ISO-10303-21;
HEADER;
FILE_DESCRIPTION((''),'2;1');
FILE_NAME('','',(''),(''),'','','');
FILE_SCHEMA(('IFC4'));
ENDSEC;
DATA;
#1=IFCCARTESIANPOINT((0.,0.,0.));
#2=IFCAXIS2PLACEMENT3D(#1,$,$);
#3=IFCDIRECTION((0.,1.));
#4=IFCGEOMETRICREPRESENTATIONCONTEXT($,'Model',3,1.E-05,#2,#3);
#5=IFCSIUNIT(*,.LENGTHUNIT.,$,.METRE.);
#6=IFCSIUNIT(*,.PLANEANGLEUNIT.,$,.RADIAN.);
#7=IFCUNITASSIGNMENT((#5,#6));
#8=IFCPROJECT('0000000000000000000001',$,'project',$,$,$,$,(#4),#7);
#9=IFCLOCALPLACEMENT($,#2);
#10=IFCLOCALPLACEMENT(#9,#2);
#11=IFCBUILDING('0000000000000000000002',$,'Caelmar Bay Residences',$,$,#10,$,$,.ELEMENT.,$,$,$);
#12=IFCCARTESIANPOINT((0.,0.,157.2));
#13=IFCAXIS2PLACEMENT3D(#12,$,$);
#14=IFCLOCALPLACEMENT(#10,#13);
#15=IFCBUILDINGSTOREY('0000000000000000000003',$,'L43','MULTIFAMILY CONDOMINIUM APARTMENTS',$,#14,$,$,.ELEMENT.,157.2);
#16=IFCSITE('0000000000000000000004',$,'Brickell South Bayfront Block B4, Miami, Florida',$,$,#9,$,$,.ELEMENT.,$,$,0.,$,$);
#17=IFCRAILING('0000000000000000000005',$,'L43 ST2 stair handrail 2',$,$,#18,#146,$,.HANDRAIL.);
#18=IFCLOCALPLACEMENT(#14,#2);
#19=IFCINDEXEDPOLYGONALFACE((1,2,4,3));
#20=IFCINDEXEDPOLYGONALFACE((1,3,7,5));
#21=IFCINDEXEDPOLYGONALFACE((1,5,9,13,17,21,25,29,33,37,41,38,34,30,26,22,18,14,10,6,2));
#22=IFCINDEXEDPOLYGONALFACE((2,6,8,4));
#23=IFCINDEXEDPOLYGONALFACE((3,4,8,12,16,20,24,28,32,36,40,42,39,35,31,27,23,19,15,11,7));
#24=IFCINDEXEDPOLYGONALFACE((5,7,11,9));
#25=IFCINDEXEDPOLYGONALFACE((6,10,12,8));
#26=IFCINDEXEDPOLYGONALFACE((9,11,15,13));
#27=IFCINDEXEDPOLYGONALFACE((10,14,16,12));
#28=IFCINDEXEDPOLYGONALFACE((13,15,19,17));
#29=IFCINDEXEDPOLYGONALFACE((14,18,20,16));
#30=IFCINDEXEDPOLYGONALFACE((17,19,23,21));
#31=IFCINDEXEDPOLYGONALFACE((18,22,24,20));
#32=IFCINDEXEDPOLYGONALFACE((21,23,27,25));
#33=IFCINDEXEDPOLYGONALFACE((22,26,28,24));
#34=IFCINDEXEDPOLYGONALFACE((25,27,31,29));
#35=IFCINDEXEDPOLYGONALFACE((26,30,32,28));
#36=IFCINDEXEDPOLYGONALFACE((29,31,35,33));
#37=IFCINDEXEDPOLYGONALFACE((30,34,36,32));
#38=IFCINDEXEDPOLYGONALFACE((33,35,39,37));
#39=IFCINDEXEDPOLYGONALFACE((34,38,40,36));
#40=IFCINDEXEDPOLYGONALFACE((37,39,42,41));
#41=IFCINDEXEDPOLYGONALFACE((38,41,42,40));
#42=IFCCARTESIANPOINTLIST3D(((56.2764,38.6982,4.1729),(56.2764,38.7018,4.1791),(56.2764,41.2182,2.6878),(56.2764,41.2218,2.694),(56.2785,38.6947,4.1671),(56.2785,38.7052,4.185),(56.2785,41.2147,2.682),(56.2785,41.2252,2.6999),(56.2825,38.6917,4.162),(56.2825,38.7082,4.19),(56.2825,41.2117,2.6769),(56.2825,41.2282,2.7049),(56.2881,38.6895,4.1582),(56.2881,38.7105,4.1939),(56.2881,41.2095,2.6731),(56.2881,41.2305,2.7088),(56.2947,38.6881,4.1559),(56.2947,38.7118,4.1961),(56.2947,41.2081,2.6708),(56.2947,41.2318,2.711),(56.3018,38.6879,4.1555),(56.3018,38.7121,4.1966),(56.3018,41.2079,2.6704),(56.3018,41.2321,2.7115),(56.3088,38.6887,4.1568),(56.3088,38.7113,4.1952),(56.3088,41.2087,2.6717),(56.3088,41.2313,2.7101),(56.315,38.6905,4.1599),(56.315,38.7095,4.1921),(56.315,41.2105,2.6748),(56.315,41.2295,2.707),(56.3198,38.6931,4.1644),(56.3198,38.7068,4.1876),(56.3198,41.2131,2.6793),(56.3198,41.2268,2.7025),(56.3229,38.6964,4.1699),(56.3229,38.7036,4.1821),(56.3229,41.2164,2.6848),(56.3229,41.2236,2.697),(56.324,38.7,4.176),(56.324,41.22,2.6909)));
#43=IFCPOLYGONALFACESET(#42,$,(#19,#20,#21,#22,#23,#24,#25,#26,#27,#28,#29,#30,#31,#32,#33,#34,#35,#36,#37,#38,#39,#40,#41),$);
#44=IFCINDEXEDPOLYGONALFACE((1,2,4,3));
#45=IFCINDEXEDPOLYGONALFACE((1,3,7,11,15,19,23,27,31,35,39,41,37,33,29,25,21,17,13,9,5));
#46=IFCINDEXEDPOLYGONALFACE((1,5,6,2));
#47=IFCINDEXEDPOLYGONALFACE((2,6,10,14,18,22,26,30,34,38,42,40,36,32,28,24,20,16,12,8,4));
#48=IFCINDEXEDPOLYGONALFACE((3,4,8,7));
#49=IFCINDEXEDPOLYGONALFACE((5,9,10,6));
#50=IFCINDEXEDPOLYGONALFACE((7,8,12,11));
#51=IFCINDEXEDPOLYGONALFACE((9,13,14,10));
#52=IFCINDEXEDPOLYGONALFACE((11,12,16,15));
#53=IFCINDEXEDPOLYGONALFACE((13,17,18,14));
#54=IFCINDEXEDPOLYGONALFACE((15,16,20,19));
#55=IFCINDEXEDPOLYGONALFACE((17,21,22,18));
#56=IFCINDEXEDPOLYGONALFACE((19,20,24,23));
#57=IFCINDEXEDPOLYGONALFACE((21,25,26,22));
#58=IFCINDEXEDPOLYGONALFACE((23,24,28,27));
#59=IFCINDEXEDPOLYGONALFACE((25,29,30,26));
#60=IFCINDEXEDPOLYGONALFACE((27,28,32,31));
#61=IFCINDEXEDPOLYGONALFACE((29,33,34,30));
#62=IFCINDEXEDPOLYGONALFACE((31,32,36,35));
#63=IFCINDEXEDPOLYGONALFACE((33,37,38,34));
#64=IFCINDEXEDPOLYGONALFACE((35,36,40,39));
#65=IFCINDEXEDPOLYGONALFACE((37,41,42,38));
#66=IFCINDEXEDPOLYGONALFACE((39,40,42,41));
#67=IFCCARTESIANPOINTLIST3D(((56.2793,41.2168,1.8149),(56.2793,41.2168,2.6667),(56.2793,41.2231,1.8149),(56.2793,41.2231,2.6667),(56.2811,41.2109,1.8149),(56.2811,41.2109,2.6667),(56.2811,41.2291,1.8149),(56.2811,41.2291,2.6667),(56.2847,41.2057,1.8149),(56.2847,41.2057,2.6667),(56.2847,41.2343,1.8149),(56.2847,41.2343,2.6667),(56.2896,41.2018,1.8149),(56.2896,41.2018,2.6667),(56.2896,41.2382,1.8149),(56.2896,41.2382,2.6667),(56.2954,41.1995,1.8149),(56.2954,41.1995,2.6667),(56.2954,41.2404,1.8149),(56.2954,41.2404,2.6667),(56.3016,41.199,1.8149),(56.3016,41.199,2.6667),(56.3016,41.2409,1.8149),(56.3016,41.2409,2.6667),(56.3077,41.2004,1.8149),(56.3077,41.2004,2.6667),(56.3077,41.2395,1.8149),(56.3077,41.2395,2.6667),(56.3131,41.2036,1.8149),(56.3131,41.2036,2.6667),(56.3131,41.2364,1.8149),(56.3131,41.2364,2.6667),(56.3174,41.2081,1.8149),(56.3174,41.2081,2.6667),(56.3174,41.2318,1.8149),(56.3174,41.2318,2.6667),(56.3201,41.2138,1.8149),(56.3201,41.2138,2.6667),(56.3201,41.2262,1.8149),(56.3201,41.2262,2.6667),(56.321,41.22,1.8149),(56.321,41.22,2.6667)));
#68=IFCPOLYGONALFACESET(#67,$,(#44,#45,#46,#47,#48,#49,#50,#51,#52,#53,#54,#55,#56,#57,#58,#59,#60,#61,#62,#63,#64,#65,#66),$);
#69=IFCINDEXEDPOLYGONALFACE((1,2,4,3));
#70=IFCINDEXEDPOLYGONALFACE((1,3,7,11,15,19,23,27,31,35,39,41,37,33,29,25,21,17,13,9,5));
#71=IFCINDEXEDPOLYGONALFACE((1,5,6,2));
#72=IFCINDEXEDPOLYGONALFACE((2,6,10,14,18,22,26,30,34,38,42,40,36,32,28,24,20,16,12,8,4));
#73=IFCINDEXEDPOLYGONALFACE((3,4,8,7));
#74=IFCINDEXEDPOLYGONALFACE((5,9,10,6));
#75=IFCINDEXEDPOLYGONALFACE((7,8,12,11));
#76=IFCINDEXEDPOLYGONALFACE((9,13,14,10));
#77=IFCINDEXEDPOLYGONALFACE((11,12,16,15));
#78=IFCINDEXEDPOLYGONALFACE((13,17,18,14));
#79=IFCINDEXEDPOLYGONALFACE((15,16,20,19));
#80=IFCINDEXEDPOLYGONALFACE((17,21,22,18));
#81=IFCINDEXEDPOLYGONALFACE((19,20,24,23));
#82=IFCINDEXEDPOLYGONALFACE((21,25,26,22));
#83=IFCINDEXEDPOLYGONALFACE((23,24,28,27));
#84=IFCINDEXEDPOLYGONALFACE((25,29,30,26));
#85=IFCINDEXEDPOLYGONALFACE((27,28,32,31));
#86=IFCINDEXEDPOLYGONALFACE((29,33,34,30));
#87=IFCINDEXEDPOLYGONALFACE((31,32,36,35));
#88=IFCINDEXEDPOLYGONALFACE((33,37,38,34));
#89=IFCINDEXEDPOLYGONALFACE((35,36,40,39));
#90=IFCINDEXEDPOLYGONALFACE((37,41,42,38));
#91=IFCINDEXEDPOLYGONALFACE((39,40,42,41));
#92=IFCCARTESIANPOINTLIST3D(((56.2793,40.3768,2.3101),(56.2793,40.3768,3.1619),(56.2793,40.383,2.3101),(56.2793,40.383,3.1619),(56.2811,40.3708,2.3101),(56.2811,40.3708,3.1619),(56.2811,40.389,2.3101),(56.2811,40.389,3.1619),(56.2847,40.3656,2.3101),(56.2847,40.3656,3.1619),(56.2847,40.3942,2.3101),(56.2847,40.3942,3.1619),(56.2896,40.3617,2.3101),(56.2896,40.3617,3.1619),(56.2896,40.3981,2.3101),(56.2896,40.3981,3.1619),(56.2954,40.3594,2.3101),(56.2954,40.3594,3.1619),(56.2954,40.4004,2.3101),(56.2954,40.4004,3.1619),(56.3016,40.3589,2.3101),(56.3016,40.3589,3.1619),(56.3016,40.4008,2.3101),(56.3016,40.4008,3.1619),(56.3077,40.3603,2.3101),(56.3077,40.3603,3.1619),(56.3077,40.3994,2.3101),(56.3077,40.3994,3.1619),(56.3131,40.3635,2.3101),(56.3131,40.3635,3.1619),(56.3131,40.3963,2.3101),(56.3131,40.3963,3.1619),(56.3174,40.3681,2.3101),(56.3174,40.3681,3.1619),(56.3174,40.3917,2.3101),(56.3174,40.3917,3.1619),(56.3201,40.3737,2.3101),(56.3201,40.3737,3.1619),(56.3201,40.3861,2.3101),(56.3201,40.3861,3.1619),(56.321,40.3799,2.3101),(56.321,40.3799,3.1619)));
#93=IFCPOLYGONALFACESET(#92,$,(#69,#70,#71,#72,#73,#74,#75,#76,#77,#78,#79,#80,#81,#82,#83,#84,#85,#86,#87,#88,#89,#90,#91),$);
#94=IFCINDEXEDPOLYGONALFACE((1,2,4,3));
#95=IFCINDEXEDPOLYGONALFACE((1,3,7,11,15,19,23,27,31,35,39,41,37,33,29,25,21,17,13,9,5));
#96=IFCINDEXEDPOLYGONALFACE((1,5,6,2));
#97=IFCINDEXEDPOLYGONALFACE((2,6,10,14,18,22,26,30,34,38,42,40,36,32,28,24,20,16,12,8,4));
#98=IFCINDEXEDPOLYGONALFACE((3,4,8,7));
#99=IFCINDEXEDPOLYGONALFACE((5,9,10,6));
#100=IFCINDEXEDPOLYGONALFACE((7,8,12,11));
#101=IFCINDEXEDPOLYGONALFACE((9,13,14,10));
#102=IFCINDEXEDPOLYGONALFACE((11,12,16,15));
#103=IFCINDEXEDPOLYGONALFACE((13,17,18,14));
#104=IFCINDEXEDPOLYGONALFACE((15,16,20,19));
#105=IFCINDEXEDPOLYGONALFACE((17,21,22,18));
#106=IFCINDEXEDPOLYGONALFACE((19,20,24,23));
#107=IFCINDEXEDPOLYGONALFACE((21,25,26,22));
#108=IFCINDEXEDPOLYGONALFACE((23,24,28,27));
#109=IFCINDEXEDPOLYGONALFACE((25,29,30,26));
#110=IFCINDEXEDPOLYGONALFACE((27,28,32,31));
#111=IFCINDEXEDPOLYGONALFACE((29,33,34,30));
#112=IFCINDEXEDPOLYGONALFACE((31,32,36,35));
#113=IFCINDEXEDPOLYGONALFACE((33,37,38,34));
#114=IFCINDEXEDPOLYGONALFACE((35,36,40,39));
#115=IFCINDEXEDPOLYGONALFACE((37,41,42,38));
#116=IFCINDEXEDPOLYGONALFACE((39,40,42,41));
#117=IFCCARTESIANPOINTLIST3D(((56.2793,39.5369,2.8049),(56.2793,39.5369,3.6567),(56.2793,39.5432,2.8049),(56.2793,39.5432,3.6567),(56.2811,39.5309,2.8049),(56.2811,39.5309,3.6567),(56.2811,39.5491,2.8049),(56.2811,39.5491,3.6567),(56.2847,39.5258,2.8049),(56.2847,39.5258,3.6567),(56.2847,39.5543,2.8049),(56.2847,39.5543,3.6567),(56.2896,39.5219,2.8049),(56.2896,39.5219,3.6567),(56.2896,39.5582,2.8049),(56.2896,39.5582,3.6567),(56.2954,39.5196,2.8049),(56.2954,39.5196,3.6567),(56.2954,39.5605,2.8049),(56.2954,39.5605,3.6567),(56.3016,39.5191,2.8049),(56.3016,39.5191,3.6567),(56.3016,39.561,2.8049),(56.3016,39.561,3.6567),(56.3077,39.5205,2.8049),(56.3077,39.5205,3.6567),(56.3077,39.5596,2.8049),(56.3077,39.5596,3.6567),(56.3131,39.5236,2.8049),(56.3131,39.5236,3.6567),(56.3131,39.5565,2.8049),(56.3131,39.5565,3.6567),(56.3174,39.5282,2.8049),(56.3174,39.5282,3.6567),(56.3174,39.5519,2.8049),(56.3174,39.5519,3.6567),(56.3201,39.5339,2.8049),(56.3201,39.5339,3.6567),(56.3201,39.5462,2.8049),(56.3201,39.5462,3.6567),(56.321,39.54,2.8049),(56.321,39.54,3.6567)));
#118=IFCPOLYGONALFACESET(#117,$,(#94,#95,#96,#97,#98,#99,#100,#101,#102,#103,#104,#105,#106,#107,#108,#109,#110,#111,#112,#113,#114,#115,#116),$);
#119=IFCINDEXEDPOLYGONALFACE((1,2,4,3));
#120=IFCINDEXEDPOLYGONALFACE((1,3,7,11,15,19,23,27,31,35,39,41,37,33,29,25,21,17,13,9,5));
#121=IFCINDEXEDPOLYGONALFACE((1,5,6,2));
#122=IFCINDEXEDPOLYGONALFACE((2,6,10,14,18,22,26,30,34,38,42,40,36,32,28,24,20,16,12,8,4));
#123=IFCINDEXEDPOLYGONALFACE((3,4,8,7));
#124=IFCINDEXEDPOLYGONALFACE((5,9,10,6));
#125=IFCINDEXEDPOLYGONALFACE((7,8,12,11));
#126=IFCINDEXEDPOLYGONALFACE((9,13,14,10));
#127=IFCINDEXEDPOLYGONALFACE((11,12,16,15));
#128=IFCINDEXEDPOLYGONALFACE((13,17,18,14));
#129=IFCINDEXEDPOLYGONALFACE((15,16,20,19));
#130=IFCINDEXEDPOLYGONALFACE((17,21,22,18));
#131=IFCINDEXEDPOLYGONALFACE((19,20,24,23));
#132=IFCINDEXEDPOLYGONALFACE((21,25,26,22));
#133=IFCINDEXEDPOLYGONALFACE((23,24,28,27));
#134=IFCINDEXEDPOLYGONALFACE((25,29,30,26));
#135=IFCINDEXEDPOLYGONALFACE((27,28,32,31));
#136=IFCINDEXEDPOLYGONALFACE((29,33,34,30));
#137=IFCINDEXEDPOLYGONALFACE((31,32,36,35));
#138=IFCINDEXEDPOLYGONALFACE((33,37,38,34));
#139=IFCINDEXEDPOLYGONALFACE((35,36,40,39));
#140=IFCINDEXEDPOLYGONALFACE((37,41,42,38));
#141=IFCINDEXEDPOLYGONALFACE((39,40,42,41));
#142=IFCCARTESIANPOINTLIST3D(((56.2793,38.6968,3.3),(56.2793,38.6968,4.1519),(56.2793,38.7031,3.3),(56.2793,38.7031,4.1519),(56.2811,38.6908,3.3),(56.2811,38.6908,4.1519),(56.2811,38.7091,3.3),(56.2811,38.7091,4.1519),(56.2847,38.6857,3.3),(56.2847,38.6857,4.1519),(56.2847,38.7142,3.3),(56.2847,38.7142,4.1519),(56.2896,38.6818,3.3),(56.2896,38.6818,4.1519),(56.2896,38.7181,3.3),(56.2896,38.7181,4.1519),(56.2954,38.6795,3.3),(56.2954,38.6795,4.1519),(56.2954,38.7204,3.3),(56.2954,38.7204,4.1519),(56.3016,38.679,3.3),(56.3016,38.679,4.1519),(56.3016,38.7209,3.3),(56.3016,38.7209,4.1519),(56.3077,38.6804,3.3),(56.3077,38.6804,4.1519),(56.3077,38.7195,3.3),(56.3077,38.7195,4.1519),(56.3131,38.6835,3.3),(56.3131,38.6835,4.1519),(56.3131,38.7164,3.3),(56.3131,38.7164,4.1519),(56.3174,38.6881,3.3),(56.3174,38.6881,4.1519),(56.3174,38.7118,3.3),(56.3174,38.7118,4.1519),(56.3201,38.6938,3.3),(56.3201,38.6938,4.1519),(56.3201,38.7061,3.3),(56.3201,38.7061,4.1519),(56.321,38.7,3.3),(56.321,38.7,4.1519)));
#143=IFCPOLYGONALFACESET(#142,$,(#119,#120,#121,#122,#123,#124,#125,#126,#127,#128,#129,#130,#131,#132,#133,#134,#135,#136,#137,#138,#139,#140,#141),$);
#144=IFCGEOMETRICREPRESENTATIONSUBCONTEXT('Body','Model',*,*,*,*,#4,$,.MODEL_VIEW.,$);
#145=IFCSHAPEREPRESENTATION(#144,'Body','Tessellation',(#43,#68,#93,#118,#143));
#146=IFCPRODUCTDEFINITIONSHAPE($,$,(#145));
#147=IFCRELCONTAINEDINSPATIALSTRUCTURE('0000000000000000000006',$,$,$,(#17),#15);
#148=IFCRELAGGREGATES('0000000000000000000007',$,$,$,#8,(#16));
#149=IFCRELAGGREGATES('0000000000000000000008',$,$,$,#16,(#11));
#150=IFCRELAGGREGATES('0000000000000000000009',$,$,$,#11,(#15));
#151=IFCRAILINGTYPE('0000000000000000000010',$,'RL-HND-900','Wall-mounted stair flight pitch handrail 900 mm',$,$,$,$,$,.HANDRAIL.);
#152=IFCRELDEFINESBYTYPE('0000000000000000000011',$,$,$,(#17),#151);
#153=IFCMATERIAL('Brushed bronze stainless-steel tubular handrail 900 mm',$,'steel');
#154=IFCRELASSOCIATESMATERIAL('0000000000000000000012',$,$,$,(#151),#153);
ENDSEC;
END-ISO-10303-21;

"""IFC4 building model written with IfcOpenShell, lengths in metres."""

from ifc_helpers import new_model, si_unit, direction, frame, origin, origin_2d, place, context, subcontext, project, spatial, circle, extrude, material, type_object, element, save


model = new_model("IFC4")

# Units and contexts
model_context = context("Model", 3, precision=1e-05, world=origin(), true_north=direction((0.0, 1.0)))
body_context = subcontext(model_context, "Body", "Model", "MODEL_VIEW")
ifc_project = project(units=[si_unit("LENGTHUNIT", "METRE"), si_unit("PLANEANGLEUNIT", "RADIAN")], contexts=[model_context])

# Site, building, storey
site_placement = place(None, origin())
site = spatial("IfcSite", under=ifc_project, at=site_placement, Name="Brickell South Bayfront Block B4, Miami, Florida", CompositionType="ELEMENT", RefElevation=0.0)
building_placement = place(site_placement, origin())
building = spatial("IfcBuilding", under=site, at=building_placement, Name="Caelmar Bay Residences", CompositionType="ELEMENT")
storey_placement = place(building_placement, frame((0.0, 0.0, 157.2)))
storey = spatial("IfcBuildingStorey", under=building, at=storey_placement, Name="L43", Description="MULTIFAMILY CONDOMINIUM APARTMENTS", CompositionType="ELEMENT", Elevation=157.2)

# Railing
ifc_material_1 = material(Name="Brushed bronze stainless-steel tubular handrail 900 mm", Category="steel")
railing_type_1 = type_object("IfcRailingType", Name="RL-HND-900", Description="Wall-mounted stair flight pitch handrail 900 mm", PredefinedType="HANDRAIL", material=ifc_material_1)
railing_1_placement = place(storey_placement, frame((56.3, 41.22, 1.8149)))
element("IfcRailing", 1, at=railing_1_placement, inside=storey, type_object=railing_type_1, Name="L43 ST2 stair handrail 2", PredefinedType="HANDRAIL", context=body_context, shape_type="SweptSolid", body=[
    extrude(circle(Radius=0.0239, at=origin_2d()), frame((0.0, 0.0, 0.876), z_axis=(0.0, -0.861524, 0.507717), x_axis=(1.0, 0.0, 0.0)), (0.0, 0.0, 1.0), 2.925),
    extrude(circle(Radius=0.021, at=origin_2d()), origin(), (0.0, 0.0, 1.0), 0.8518),
    extrude(circle(Radius=0.021, at=origin_2d()), frame((0.0, -0.8401, 0.4951)), (0.0, 0.0, 1.0), 0.8518),
    extrude(circle(Radius=0.021, at=origin_2d()), frame((0.0, -1.6799, 0.99)), (0.0, 0.0, 1.0), 0.8518),
    extrude(circle(Radius=0.021, at=origin_2d()), frame((0.0, -2.52, 1.4851)), (0.0, 0.0, 1.0), 0.8518),
])

save(model, "model.ifc")
